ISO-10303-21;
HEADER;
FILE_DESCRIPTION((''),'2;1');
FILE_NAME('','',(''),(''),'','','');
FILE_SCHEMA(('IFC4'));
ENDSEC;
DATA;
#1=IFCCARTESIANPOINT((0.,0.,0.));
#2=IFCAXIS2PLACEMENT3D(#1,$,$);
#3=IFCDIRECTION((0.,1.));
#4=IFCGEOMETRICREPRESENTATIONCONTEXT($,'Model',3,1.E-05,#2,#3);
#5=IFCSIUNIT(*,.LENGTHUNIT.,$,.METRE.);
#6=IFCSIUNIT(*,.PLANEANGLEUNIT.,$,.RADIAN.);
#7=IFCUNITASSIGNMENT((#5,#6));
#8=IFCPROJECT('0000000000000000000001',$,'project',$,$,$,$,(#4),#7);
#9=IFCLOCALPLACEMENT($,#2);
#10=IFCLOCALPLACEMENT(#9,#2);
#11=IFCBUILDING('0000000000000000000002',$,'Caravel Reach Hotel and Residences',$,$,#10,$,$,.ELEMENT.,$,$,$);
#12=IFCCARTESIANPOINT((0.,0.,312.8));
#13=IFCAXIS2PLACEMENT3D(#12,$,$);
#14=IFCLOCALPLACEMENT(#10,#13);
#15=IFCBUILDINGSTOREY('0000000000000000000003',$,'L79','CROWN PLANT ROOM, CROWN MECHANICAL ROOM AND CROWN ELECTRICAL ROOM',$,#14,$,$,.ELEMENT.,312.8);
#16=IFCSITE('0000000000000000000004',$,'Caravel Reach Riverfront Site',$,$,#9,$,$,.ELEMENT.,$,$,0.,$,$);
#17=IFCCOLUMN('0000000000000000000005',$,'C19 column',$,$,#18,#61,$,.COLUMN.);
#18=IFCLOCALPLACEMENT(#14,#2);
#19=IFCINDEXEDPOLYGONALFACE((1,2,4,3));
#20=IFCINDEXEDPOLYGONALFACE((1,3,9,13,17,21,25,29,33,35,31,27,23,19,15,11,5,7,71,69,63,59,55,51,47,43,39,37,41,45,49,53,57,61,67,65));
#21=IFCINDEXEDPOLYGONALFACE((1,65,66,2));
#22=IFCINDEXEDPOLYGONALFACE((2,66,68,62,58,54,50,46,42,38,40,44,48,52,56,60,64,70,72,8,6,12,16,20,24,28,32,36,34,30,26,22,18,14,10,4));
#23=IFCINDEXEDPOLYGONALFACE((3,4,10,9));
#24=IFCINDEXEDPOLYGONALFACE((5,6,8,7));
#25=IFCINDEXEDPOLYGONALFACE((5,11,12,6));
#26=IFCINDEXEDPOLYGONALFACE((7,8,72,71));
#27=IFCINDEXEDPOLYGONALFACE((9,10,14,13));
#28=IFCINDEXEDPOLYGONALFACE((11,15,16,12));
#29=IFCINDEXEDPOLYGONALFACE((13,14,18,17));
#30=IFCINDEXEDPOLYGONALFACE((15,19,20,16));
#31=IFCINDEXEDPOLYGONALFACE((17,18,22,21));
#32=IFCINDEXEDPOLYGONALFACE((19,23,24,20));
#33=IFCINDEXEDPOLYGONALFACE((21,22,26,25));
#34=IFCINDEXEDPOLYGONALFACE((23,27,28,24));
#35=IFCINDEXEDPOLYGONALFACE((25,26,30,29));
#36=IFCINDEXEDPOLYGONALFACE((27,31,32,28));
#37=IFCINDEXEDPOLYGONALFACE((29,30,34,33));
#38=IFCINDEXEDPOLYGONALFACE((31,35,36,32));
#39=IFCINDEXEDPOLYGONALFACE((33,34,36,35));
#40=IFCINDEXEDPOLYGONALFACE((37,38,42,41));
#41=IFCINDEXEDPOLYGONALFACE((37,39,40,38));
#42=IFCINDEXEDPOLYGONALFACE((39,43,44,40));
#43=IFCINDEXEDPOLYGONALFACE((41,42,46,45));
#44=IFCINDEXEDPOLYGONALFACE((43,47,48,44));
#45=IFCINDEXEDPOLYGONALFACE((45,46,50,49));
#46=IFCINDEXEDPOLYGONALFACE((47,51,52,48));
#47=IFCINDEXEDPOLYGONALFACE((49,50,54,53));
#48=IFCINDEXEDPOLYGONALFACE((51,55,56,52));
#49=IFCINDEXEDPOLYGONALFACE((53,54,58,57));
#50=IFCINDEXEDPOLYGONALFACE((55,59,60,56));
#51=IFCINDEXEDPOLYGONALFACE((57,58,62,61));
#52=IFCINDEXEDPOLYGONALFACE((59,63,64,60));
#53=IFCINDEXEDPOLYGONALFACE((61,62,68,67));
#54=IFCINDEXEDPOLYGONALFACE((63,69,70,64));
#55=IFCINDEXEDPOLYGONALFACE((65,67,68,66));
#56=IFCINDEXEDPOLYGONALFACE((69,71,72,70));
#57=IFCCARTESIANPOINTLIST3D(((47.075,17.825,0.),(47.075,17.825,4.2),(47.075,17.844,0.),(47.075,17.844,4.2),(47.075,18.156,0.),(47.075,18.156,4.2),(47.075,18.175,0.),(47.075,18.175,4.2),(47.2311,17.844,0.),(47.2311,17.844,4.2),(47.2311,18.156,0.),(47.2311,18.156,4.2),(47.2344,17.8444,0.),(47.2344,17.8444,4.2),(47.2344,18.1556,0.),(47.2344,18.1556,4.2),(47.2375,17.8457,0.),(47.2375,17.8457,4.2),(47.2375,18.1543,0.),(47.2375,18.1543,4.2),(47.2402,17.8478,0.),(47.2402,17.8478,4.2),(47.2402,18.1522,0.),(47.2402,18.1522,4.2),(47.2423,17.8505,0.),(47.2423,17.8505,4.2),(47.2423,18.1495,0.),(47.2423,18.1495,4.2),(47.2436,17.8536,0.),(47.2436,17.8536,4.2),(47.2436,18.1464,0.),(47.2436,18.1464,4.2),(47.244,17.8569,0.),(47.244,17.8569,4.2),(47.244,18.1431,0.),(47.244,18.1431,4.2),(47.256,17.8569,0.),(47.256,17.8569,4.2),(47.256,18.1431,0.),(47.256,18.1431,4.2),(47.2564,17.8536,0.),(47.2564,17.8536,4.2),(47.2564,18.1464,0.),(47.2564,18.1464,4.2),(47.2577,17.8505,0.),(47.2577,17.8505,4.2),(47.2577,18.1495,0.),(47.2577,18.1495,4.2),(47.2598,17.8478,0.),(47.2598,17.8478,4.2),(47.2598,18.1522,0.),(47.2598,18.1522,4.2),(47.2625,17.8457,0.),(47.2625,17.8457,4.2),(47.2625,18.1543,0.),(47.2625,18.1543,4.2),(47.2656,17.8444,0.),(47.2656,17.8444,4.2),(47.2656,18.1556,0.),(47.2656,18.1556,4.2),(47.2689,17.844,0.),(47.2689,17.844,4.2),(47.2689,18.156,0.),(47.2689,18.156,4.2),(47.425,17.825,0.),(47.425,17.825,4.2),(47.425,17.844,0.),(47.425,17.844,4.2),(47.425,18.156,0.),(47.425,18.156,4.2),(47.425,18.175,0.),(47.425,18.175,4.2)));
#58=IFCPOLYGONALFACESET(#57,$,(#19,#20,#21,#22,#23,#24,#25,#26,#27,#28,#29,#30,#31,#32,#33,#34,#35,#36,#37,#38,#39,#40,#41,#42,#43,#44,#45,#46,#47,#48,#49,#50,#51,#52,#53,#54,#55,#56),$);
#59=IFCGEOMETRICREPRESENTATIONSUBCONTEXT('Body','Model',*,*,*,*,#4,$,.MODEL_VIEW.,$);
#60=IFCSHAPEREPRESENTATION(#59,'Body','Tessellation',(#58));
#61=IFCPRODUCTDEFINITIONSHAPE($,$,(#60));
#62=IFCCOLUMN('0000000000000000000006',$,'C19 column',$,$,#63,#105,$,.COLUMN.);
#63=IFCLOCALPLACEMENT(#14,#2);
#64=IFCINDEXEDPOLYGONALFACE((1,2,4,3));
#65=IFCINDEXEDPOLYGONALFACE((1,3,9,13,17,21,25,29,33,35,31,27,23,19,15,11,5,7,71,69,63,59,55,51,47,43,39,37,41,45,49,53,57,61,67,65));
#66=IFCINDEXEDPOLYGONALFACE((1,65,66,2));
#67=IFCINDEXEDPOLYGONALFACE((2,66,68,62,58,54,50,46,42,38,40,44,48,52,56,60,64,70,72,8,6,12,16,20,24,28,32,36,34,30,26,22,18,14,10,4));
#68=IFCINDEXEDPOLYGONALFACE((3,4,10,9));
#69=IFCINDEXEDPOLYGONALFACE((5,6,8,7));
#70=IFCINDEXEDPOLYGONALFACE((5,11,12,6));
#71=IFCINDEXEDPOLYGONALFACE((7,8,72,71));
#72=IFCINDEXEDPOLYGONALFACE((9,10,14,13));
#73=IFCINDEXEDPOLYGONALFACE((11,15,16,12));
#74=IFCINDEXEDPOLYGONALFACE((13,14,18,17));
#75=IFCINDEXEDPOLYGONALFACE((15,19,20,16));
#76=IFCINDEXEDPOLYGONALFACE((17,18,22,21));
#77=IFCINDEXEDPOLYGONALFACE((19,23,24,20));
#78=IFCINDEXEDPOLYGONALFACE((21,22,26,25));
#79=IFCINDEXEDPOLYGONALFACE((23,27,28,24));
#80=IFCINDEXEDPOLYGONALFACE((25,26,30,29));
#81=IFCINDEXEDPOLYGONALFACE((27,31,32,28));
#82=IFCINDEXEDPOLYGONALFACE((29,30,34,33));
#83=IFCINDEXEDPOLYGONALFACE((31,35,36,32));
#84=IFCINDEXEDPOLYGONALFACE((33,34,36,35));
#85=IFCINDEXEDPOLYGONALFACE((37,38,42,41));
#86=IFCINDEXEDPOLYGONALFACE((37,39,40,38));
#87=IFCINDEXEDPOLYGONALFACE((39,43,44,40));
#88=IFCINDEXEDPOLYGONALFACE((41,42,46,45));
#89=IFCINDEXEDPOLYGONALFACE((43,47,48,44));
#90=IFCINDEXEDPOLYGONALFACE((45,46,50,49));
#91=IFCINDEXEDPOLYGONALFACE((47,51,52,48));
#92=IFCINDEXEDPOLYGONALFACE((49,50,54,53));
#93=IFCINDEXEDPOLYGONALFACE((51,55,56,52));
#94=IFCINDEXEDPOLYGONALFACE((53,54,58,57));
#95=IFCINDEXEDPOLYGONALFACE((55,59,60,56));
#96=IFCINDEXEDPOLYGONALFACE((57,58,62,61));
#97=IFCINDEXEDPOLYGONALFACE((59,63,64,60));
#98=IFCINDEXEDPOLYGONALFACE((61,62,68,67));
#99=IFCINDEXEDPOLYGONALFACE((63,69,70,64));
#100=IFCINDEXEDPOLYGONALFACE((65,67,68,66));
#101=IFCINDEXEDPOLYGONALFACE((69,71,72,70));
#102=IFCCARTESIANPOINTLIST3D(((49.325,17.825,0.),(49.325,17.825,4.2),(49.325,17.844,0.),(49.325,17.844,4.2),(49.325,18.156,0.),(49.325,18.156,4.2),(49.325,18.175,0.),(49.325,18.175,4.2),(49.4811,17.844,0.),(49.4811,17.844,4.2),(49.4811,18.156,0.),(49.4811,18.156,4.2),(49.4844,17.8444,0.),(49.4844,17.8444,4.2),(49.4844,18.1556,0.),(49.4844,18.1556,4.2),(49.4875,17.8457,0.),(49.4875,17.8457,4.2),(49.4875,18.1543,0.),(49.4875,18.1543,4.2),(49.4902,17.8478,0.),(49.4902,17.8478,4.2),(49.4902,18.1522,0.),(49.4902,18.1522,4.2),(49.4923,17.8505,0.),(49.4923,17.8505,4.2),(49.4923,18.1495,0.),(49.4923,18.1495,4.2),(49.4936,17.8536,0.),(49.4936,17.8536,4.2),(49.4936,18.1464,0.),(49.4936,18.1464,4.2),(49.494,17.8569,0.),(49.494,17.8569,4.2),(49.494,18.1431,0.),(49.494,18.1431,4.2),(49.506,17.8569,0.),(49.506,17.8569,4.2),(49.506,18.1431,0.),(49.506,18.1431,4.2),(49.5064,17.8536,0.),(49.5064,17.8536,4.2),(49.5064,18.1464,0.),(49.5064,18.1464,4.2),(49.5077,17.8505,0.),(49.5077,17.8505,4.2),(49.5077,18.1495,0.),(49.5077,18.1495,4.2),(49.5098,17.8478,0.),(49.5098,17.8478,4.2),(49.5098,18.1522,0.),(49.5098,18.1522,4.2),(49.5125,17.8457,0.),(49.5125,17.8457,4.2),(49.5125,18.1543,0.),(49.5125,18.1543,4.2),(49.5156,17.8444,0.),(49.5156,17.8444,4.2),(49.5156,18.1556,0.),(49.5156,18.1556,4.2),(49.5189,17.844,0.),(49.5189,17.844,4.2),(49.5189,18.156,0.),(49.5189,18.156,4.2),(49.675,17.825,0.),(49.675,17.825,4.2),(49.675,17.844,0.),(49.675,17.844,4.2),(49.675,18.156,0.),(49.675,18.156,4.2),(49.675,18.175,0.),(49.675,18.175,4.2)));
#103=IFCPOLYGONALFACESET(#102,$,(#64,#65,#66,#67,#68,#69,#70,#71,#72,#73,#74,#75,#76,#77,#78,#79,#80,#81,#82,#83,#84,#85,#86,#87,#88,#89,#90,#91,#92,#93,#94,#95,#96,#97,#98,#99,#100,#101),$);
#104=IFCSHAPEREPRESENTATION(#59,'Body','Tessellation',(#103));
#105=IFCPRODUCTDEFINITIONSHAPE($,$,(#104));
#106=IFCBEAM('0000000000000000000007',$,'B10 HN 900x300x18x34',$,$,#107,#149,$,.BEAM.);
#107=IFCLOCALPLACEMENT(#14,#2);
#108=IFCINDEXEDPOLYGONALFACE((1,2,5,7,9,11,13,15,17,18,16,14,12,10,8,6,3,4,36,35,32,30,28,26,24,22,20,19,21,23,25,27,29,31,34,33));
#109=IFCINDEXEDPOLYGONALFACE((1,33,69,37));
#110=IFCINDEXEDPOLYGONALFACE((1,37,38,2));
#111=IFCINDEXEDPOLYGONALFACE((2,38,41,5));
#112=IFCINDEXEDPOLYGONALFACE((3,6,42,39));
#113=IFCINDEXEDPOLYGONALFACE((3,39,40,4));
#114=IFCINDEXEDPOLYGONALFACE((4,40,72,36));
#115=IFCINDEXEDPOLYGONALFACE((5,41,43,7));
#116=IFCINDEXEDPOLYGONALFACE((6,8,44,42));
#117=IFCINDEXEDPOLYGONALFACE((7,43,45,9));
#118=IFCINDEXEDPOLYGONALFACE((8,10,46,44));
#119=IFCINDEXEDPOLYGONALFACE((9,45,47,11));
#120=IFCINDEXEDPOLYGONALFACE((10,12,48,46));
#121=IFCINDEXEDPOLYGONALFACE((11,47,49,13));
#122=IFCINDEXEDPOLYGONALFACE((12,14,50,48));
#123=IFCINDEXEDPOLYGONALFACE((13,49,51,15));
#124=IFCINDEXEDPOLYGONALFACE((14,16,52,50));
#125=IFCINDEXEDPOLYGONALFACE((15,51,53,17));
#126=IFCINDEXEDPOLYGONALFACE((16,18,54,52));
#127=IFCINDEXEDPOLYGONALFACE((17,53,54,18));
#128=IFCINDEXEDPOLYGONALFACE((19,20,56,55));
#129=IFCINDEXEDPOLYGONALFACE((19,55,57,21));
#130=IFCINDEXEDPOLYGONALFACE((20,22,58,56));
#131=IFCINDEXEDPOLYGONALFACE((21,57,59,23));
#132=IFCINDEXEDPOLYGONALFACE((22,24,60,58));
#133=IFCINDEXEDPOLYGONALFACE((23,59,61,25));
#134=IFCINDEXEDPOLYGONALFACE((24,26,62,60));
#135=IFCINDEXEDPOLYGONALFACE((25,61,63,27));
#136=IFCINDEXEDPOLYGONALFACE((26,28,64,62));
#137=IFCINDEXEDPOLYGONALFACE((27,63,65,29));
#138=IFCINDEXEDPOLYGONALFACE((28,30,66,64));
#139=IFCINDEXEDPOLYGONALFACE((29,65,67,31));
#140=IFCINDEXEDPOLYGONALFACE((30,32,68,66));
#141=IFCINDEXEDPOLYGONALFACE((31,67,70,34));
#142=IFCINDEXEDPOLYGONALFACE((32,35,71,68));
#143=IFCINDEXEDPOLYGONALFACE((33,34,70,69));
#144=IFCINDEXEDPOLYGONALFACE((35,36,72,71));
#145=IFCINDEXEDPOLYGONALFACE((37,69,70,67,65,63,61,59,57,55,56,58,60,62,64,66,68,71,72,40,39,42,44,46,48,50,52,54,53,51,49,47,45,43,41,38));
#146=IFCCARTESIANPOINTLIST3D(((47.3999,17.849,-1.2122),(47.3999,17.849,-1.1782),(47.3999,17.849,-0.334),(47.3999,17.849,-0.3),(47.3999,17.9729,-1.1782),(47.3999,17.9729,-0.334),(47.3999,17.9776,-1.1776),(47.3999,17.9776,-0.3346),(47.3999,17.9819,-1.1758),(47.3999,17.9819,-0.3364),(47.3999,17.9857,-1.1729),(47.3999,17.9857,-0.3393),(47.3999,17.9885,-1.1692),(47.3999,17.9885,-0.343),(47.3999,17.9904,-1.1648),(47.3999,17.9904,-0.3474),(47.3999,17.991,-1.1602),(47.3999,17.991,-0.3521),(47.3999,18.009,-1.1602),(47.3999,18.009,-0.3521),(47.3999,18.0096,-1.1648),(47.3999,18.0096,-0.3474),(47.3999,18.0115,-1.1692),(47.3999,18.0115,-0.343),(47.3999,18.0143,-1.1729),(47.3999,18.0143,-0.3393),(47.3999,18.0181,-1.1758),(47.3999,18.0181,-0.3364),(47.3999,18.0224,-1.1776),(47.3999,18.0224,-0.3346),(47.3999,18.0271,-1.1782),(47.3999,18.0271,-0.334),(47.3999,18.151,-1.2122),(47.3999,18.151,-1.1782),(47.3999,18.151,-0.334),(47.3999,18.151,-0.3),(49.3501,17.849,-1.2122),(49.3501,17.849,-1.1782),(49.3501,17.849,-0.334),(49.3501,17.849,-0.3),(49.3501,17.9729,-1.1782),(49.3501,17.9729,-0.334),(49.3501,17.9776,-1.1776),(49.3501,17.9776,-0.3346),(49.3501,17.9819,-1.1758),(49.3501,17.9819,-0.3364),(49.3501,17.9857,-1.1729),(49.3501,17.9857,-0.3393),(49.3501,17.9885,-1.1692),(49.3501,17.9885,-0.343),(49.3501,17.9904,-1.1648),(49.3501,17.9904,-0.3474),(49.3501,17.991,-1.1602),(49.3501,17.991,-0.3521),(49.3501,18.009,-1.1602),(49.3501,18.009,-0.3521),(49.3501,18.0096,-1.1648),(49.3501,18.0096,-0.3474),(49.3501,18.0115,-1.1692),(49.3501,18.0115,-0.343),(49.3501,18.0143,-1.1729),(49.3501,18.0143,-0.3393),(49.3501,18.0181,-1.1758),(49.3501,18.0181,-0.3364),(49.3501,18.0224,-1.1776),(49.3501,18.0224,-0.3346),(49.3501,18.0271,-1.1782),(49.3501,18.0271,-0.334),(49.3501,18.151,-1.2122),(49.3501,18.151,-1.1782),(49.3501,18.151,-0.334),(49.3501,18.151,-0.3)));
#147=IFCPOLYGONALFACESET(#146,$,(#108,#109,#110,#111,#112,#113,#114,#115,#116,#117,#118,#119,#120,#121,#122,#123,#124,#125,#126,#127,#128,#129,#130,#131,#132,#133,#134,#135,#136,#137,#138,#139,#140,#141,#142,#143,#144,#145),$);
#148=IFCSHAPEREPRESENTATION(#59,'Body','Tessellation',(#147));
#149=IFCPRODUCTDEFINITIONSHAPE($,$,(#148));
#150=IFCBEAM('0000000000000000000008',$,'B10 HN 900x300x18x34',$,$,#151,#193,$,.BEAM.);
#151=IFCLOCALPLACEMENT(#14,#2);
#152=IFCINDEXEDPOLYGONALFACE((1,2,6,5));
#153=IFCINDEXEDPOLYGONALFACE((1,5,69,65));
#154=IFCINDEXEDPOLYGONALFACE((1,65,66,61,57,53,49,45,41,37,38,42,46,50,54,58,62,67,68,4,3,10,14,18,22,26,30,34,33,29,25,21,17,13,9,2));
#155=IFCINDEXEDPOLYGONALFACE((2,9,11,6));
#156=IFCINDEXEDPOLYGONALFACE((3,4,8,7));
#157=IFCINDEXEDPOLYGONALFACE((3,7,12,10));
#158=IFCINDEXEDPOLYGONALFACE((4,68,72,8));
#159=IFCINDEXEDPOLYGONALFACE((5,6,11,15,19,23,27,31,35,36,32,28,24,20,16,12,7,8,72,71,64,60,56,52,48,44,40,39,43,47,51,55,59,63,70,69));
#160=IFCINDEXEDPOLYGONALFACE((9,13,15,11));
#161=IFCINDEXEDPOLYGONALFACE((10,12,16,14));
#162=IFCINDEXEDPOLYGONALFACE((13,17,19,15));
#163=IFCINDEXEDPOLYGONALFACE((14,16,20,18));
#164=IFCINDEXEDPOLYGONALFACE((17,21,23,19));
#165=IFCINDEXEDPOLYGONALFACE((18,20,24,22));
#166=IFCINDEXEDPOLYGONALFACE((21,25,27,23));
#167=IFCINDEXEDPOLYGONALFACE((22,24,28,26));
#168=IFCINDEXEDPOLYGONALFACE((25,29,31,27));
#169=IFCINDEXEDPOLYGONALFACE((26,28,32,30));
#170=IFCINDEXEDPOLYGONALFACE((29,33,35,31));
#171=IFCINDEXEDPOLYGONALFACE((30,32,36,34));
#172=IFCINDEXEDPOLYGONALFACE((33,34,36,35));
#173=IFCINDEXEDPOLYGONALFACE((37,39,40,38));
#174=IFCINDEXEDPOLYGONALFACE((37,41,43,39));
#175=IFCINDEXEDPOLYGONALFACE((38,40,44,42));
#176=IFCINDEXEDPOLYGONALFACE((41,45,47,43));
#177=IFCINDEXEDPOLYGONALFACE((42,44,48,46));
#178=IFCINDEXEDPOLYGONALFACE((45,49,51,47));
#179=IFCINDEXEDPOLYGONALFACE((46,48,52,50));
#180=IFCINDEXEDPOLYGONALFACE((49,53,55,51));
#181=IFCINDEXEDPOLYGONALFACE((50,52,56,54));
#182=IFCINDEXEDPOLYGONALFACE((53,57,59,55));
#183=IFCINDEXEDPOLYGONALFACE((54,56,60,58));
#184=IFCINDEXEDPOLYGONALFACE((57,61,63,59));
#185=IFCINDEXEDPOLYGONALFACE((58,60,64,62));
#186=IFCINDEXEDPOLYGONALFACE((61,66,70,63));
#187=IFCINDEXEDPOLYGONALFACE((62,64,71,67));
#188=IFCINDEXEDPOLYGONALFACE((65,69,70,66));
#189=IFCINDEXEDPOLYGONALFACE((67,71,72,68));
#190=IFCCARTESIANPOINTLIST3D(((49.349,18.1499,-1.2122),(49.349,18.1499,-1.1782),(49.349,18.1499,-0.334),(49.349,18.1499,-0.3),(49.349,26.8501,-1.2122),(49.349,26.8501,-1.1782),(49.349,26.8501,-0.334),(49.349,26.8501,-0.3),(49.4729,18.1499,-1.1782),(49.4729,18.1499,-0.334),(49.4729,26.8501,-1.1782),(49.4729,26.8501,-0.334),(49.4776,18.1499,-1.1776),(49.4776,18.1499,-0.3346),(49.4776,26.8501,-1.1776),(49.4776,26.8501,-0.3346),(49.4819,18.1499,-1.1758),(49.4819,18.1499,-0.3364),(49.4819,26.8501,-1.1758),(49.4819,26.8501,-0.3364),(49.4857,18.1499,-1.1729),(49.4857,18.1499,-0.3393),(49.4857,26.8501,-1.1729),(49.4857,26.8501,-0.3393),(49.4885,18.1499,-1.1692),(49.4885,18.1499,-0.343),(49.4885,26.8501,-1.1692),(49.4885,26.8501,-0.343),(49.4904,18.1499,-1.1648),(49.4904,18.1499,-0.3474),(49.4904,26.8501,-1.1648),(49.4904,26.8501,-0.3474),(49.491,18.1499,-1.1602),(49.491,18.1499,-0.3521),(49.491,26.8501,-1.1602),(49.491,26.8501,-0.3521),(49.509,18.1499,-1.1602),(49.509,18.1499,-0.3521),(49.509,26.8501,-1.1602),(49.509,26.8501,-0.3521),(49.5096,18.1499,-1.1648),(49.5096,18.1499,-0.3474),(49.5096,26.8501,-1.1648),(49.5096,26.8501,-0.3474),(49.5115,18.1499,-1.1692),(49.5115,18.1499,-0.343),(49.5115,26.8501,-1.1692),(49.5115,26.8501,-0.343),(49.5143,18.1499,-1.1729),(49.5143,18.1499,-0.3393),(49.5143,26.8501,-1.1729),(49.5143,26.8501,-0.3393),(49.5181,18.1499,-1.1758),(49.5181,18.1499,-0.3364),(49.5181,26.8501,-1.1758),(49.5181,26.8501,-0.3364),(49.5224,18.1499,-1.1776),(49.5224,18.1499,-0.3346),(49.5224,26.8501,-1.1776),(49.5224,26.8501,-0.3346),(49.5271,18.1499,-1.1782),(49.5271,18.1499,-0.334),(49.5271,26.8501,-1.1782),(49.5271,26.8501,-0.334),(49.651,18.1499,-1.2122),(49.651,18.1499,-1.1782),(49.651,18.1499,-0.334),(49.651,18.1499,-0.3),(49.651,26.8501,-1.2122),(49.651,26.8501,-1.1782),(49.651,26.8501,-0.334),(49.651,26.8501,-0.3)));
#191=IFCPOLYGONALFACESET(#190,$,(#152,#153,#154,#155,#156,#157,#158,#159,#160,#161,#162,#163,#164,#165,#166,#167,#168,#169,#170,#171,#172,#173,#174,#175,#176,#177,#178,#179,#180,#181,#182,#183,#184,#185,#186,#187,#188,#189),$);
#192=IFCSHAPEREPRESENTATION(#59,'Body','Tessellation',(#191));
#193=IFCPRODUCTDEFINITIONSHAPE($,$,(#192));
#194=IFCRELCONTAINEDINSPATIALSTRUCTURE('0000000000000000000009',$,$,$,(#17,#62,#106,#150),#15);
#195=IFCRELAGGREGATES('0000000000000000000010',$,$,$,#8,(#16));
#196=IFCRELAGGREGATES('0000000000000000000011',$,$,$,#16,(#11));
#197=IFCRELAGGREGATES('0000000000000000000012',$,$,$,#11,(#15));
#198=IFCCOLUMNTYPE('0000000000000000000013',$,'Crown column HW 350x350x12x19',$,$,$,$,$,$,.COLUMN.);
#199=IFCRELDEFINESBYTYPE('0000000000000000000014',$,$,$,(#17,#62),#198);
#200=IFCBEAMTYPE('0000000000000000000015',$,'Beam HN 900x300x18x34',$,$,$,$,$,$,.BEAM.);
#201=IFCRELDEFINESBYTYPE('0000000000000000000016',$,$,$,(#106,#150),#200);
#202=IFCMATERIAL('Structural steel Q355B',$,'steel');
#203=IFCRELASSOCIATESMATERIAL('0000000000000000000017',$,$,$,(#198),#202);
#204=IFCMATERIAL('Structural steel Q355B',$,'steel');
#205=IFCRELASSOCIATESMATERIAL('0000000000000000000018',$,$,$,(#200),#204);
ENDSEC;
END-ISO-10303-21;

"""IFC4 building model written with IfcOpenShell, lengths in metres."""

from ifc_helpers import new_model, si_unit, direction, frame, origin, origin_2d, place, context, subcontext, project, spatial, i_section, extrude, material, material_profile, profile_set, type_object, element, save


model = new_model("IFC4")

# Units and contexts
model_context = context("Model", 3, precision=1e-05, world=origin(), true_north=direction((0.0, 1.0)))
body_context = subcontext(model_context, "Body", "Model", "MODEL_VIEW")
ifc_project = project(units=[si_unit("LENGTHUNIT", "METRE"), si_unit("PLANEANGLEUNIT", "RADIAN")], contexts=[model_context])

# Site, building, storey
site_placement = place(None, origin())
site = spatial("IfcSite", under=ifc_project, at=site_placement, Name="Caravel Reach Riverfront Site", CompositionType="ELEMENT", RefElevation=0.0)
building_placement = place(site_placement, origin())
building = spatial("IfcBuilding", under=site, at=building_placement, Name="Caravel Reach Hotel and Residences", CompositionType="ELEMENT")
storey_placement = place(building_placement, frame((0.0, 0.0, 312.8)))
storey = spatial("IfcBuildingStorey", under=building, at=storey_placement, Name="L79", Description="CROWN PLANT ROOM, CROWN MECHANICAL ROOM AND CROWN ELECTRICAL ROOM", CompositionType="ELEMENT", Elevation=312.8)

# Columns
ifc_material_1 = material(Name="Structural steel Q355B", Category="steel")
ifc_material_profile_1 = material_profile(ifc_material_1, i_section(OverallWidth=0.3501, OverallDepth=0.3501, WebThickness=0.012, FlangeThickness=0.019, FilletRadius=0.0129, at=origin_2d()), Name="HW 350x350x12x19")
ifc_profile_set_1 = profile_set([ifc_material_profile_1], Name="Structural steel Q355B")
column_type = type_object("IfcColumnType", Name="Crown column HW 350x350x12x19", PredefinedType="COLUMN", material=ifc_profile_set_1)
for number, where, z_axis, x_axis, name in (
    (1, (47.25, 18.0, 0.0), (0.0, 0.0, 1.0), (1.0, 0.0, 0.0), "C19 column"),
    (2, (49.5, 18.0, 0.0), (0.0, 0.0, 1.0), (1.0, 0.0, 0.0), "C19 column"),
):
    element("IfcColumn", number, at=place(storey_placement, frame(where, z_axis=z_axis, x_axis=x_axis)), inside=storey, type_object=column_type, Name=name, PredefinedType="COLUMN", context=body_context, shape_type="SweptSolid", body=[
        extrude(i_section(OverallWidth=0.3501, OverallDepth=0.3501, WebThickness=0.012, FlangeThickness=0.019, FilletRadius=0.0129, at=origin_2d()), origin(), (0.0, 0.0, 1.0), 4.2),
    ])

# Beams
ifc_material_2 = material(Name="Structural steel Q355B", Category="steel")
ifc_material_profile_2 = material_profile(ifc_material_2, i_section(OverallWidth=0.302, OverallDepth=0.9121, WebThickness=0.0181, FlangeThickness=0.0339, FilletRadius=0.0181, at=origin_2d()), Name="HN 900x300x18x34")
ifc_profile_set_2 = profile_set([ifc_material_profile_2], Name="Structural steel Q355B")
beam_type = type_object("IfcBeamType", Name="Beam HN 900x300x18x34", PredefinedType="BEAM", material=ifc_profile_set_2)
beam_1_placement = place(storey_placement, frame((47.3999, 18.0, -0.7561), z_axis=(1.0, 0.0, 0.0), x_axis=(0.0, 1.0, 0.0)))
element("IfcBeam", 3, at=beam_1_placement, inside=storey, type_object=beam_type, Name="B10 HN 900x300x18x34", PredefinedType="BEAM", context=body_context, shape_type="SweptSolid", body=[
    extrude(i_section(OverallWidth=0.302, OverallDepth=0.9121, WebThickness=0.0181, FlangeThickness=0.0339, FilletRadius=0.0181, at=origin_2d()), origin(), (0.0, 0.0, 1.0), 1.9502),
])
beam_2_placement = place(storey_placement, frame((49.5, 18.1499, -0.7561), z_axis=(0.0, 1.0, 0.0), x_axis=(-1.0, 0.0, 0.0)))
element("IfcBeam", 4, at=beam_2_placement, inside=storey, type_object=beam_type, Name="B10 HN 900x300x18x34", PredefinedType="BEAM", context=body_context, shape_type="SweptSolid", body=[
    extrude(i_section(OverallWidth=0.302, OverallDepth=0.9121, WebThickness=0.0181, FlangeThickness=0.0339, FilletRadius=0.0181, at=origin_2d()), origin(), (0.0, 0.0, 1.0), 8.7002),
])

save(model, "model.ifc")
